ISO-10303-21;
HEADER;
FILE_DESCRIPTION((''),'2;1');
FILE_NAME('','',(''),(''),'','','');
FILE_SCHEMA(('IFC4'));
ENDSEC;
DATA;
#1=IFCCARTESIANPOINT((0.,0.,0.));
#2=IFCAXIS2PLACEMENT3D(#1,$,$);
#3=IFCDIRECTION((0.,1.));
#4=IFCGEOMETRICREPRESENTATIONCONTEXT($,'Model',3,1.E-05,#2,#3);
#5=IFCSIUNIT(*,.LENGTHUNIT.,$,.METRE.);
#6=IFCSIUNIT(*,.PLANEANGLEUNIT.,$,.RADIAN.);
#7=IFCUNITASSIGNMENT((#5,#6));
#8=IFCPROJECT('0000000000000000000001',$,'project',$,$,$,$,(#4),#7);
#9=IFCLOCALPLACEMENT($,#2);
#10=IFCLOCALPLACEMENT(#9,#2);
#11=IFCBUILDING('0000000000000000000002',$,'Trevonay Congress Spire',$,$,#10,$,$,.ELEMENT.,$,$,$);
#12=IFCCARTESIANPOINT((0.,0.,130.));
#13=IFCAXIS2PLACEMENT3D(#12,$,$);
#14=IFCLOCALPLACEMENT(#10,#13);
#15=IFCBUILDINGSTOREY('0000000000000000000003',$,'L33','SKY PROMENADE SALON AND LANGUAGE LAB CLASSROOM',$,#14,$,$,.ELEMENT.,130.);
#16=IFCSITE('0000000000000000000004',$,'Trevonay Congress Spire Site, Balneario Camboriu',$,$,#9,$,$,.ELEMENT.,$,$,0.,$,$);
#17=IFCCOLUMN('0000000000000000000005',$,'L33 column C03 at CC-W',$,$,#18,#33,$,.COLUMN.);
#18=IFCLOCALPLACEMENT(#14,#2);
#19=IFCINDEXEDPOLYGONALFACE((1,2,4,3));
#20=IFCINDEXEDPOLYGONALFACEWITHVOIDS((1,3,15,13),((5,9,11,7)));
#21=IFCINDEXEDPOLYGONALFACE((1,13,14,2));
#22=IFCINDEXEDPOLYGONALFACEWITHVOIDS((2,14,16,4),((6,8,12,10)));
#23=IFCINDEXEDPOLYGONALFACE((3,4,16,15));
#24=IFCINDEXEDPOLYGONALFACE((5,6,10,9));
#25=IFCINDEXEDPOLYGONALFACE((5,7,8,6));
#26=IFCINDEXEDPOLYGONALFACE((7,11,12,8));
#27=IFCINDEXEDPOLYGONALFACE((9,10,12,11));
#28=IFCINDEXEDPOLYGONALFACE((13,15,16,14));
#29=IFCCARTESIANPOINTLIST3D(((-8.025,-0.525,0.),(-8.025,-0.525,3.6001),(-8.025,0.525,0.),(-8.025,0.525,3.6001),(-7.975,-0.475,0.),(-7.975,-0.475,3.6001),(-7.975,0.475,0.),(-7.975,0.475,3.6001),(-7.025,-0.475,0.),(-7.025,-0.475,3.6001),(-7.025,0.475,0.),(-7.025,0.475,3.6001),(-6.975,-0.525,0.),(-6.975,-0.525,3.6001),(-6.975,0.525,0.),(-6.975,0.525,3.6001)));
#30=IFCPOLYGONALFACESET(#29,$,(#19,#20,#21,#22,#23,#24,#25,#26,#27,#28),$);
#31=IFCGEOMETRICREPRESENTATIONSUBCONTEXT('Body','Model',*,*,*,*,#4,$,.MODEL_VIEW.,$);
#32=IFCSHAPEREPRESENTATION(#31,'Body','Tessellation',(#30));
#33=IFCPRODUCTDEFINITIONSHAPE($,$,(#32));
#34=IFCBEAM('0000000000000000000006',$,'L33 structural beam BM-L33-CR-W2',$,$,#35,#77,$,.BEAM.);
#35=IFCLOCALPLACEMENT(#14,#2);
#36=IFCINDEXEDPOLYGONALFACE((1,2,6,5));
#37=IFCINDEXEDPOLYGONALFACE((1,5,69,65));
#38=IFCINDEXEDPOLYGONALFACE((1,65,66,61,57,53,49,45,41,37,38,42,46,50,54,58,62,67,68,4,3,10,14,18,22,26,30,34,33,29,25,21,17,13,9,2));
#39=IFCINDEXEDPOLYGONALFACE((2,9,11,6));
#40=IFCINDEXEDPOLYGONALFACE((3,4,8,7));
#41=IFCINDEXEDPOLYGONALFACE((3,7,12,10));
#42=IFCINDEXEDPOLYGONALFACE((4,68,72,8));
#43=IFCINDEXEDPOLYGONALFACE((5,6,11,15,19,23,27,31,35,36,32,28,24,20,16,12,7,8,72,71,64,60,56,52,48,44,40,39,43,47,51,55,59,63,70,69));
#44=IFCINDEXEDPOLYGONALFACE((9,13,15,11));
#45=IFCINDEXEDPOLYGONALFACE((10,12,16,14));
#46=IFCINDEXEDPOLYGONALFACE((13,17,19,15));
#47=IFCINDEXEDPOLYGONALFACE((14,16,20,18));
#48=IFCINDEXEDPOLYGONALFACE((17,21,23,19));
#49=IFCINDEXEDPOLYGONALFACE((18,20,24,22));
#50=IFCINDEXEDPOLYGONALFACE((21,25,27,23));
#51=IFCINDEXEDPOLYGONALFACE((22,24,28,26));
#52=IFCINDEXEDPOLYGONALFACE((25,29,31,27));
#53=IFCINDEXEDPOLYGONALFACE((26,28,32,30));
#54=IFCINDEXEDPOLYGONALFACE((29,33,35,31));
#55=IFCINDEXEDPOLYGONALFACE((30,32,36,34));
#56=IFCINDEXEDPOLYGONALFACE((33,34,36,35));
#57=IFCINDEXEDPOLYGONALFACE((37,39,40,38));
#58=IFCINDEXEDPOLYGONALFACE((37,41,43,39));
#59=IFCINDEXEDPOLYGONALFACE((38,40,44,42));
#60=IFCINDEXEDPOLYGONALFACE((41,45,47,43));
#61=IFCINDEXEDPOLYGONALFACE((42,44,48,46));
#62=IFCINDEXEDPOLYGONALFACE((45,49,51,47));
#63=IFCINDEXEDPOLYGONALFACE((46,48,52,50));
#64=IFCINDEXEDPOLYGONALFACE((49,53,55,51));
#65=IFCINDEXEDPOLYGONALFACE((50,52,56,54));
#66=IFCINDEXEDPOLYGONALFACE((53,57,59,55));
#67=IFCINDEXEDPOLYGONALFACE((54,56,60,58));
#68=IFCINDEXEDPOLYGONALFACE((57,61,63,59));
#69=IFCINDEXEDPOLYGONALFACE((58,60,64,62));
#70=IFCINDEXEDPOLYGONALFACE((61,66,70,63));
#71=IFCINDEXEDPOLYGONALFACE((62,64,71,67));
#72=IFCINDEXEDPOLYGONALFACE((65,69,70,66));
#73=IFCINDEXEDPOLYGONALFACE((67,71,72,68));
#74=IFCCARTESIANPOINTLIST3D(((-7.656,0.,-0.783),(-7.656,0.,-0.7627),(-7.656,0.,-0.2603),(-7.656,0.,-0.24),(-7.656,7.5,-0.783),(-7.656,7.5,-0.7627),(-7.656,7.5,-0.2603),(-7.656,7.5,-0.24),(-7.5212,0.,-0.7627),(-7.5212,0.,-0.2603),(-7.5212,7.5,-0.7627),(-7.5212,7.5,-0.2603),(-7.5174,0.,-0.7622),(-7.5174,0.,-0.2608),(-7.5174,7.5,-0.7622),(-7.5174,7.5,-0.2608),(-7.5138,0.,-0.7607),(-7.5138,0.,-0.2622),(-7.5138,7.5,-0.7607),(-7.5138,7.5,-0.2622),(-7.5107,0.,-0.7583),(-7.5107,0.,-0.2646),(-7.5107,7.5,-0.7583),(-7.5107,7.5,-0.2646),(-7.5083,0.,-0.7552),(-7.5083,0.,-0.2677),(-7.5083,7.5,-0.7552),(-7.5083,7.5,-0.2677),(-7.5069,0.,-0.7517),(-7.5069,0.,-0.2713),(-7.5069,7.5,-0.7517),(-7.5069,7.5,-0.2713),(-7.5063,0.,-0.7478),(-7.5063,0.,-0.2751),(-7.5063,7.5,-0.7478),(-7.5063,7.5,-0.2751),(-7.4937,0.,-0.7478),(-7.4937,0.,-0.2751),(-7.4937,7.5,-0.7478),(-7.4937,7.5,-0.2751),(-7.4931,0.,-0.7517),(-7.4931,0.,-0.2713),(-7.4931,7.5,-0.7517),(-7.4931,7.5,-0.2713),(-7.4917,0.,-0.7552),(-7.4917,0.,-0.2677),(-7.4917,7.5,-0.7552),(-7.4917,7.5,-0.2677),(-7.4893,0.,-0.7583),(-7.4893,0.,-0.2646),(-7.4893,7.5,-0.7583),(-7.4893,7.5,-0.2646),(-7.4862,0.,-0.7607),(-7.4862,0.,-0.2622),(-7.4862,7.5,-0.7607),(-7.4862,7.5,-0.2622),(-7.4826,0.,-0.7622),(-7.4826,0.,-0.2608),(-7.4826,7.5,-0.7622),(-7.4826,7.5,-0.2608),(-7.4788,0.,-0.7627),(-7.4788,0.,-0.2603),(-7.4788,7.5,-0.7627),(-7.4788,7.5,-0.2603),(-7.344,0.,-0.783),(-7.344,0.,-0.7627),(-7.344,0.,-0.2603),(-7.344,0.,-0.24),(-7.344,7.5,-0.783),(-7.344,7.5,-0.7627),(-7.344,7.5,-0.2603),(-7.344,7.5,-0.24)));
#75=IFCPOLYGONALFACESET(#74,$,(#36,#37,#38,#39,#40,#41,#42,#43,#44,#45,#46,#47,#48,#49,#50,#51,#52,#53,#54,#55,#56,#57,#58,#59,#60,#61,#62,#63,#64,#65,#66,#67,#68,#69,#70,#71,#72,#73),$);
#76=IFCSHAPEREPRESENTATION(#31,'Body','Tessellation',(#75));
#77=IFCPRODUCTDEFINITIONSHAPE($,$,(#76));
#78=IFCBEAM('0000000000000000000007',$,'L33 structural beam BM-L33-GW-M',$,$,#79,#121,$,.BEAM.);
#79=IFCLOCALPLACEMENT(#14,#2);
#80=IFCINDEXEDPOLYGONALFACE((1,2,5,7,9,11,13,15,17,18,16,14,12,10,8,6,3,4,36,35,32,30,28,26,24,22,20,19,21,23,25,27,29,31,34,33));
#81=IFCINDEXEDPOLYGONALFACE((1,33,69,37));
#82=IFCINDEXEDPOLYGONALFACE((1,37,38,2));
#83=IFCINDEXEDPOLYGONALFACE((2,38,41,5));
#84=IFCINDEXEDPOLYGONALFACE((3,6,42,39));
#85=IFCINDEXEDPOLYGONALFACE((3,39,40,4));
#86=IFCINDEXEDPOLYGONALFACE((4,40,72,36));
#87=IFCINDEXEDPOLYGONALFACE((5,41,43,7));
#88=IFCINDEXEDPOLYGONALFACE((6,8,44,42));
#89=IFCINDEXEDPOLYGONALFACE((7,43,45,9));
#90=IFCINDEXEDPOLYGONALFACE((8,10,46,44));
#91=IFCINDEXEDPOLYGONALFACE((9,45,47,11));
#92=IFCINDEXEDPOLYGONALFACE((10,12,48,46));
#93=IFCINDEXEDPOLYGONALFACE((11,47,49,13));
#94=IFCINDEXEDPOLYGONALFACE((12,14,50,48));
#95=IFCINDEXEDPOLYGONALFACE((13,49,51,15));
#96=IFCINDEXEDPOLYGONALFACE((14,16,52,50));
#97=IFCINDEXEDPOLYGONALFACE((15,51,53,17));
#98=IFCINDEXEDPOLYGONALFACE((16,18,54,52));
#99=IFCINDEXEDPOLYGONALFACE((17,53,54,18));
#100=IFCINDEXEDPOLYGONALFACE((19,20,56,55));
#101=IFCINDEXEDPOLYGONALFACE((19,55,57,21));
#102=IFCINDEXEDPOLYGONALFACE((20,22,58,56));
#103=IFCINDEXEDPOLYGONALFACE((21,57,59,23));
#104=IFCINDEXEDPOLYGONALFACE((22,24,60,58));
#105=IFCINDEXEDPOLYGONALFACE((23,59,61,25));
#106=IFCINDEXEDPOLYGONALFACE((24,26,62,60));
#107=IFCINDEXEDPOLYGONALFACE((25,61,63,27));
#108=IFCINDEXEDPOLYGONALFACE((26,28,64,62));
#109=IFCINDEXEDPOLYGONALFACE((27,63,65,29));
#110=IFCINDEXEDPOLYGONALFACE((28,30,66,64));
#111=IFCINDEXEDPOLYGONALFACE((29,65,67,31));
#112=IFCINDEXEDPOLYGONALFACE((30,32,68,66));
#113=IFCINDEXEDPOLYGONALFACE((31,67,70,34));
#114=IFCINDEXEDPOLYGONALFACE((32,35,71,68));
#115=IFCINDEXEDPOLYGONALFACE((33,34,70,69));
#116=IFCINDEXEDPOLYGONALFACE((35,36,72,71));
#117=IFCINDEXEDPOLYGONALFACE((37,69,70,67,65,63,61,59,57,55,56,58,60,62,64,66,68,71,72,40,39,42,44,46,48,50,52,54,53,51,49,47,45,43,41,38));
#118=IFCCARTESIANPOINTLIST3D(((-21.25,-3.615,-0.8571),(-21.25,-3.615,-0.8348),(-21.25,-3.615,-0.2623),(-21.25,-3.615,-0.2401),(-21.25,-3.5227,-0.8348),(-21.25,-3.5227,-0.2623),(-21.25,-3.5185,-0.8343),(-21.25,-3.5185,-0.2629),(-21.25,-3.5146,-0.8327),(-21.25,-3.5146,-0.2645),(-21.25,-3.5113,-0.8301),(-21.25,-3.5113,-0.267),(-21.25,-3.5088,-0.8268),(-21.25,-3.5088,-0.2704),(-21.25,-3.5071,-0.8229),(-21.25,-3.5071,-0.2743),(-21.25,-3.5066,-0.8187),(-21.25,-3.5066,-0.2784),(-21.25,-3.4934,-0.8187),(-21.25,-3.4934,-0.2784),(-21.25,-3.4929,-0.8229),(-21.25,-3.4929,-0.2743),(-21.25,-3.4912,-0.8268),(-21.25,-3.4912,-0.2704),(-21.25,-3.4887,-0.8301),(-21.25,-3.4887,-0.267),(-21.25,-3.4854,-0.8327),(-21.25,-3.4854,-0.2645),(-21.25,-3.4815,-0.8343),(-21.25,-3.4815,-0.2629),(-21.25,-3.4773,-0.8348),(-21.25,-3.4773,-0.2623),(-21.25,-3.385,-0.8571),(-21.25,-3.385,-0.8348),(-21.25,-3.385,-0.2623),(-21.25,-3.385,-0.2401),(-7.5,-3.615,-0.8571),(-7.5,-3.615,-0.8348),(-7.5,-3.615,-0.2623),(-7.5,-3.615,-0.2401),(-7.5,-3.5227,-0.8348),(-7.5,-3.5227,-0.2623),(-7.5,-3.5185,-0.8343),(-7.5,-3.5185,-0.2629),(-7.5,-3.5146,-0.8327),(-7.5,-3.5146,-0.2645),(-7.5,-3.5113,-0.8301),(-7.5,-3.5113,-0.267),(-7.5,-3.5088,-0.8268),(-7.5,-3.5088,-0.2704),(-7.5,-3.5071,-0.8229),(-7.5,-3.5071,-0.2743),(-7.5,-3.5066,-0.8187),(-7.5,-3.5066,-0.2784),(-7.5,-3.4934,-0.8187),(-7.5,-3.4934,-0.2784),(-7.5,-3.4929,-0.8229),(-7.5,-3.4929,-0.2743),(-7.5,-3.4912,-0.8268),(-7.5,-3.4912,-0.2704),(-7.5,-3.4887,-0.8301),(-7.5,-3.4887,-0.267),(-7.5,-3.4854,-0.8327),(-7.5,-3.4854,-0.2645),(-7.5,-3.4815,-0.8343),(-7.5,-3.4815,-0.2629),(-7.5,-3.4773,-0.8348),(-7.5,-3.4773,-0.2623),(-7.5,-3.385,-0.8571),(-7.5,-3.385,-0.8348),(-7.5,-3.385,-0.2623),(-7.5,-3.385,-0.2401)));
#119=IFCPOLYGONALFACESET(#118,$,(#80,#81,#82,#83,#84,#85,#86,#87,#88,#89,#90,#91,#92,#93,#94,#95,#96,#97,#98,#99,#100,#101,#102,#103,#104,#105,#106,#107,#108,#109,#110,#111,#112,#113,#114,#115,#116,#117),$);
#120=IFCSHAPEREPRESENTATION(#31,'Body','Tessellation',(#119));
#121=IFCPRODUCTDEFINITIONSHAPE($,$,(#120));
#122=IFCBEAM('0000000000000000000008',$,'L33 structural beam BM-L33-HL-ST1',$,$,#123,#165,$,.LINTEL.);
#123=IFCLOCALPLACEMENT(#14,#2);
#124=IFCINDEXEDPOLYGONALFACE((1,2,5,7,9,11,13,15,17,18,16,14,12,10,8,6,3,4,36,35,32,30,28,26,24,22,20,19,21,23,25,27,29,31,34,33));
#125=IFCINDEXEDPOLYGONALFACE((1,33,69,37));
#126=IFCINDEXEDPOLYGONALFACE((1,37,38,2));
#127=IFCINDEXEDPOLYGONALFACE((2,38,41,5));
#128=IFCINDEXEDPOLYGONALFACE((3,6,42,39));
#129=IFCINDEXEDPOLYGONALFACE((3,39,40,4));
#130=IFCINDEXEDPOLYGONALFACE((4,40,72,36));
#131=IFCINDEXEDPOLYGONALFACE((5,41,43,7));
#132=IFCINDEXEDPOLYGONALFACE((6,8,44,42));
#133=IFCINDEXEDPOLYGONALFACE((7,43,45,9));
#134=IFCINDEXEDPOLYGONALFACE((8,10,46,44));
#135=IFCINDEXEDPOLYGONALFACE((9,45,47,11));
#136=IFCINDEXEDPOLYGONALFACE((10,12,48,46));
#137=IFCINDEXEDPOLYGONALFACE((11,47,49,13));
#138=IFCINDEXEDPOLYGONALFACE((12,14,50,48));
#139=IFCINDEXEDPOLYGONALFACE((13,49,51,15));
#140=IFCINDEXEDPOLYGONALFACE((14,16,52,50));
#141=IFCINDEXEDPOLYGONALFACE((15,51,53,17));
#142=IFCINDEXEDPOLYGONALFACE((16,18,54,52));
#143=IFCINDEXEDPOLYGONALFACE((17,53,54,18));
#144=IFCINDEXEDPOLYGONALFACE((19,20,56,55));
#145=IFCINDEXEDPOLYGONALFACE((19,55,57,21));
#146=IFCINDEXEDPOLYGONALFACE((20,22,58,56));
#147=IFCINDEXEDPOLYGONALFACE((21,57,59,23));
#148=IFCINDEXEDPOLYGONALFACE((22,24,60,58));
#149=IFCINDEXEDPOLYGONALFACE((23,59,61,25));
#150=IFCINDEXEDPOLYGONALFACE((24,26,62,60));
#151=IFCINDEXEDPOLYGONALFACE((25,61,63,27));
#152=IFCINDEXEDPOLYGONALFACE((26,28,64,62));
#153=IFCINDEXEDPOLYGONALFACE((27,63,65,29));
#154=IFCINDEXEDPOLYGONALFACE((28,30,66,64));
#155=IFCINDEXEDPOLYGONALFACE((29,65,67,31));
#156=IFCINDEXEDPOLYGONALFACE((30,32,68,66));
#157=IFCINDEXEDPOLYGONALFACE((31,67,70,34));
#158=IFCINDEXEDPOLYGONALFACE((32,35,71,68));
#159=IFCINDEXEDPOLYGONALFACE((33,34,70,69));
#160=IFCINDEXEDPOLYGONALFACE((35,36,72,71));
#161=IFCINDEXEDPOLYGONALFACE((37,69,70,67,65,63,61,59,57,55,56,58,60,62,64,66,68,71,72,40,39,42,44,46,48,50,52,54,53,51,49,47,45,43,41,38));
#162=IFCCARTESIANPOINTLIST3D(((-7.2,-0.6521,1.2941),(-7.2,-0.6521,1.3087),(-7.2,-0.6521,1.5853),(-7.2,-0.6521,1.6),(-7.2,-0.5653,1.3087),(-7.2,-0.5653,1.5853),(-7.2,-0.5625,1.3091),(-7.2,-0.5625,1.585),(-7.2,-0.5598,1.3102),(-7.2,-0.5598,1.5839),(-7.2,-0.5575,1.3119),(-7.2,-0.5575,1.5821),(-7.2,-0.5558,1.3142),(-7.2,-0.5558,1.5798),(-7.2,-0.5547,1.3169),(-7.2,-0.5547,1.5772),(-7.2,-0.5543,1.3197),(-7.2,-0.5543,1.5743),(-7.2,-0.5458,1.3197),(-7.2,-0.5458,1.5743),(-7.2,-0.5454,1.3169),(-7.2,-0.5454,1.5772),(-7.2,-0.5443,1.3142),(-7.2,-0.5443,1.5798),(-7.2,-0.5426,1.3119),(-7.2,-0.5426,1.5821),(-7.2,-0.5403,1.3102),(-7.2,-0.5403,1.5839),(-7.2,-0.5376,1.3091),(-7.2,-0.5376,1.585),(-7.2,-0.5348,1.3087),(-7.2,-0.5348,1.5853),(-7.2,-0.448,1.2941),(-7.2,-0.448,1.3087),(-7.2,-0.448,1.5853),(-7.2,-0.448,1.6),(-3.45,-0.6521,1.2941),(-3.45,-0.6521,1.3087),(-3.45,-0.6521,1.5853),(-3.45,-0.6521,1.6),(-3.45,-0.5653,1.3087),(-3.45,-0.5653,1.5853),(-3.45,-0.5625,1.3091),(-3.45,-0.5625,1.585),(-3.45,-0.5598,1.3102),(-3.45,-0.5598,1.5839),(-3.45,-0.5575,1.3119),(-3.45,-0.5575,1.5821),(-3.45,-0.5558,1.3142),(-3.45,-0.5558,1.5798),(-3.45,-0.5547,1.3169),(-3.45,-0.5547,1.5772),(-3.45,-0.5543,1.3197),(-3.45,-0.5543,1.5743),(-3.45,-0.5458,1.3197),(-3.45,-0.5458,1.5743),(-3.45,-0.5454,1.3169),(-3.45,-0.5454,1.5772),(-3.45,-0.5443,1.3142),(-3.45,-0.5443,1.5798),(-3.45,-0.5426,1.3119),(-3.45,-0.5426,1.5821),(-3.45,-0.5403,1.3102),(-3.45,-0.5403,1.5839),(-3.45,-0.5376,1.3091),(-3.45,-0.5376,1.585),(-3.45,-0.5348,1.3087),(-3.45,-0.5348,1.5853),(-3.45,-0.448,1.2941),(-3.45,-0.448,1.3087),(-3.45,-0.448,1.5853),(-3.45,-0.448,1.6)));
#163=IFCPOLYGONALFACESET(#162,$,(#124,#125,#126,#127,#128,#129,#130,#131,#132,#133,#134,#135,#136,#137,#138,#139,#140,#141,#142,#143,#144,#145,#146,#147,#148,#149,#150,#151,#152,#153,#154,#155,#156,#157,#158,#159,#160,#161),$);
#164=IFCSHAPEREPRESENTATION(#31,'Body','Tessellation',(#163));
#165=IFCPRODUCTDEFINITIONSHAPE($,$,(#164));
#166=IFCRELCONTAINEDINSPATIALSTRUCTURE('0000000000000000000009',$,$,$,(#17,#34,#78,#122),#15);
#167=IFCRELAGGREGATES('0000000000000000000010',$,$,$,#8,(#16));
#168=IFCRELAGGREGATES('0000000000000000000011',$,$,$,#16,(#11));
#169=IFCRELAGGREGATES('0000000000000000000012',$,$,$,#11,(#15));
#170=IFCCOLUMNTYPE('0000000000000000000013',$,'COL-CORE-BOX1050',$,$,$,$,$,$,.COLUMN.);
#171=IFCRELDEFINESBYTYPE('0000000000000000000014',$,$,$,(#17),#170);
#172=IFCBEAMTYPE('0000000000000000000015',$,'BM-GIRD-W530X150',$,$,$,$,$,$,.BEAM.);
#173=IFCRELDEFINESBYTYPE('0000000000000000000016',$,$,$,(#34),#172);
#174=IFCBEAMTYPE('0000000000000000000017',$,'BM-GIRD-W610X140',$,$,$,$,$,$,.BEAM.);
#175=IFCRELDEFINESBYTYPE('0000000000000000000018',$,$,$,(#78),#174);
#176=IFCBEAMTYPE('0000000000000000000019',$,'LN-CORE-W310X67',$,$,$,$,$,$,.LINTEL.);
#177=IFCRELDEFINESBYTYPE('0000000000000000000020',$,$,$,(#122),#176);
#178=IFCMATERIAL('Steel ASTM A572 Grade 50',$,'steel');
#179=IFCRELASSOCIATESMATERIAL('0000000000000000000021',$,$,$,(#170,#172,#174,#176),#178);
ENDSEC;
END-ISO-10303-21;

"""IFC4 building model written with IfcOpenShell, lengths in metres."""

from ifc_helpers import new_model, si_unit, direction, frame, origin, origin_2d, place, context, subcontext, project, spatial, hollow_rectangle, i_section, extrude, material, material_profile, profile_set, type_object, element, save


model = new_model("IFC4")

# Units and contexts
model_context = context("Model", 3, precision=1e-05, world=origin(), true_north=direction((0.0, 1.0)))
body_context = subcontext(model_context, "Body", "Model", "MODEL_VIEW")
ifc_project = project(units=[si_unit("LENGTHUNIT", "METRE"), si_unit("PLANEANGLEUNIT", "RADIAN")], contexts=[model_context])

# Site, building, storey
site_placement = place(None, origin())
site = spatial("IfcSite", under=ifc_project, at=site_placement, Name="Trevonay Congress Spire Site, Balneario Camboriu", CompositionType="ELEMENT", RefElevation=0.0)
building_placement = place(site_placement, origin())
building = spatial("IfcBuilding", under=site, at=building_placement, Name="Trevonay Congress Spire", CompositionType="ELEMENT")
storey_placement = place(building_placement, frame((0.0, 0.0, 130.0)))
storey = spatial("IfcBuildingStorey", under=building, at=storey_placement, Name="L33", Description="SKY PROMENADE SALON AND LANGUAGE LAB CLASSROOM", CompositionType="ELEMENT", Elevation=130.0)

# Column
ifc_material_1 = material(Name="Steel ASTM A572 Grade 50", Category="steel")
ifc_material_profile_1 = material_profile(ifc_material_1, hollow_rectangle(XDim=1.05, YDim=1.05, WallThickness=0.05, at=origin_2d()), Name="BOX 1050x1050x50")
ifc_profile_set_1 = profile_set([ifc_material_profile_1], Name="Steel ASTM A572 Grade 50")
column_type = type_object("IfcColumnType", Name="COL-CORE-BOX1050", PredefinedType="COLUMN", material=ifc_profile_set_1)
column_placement = place(storey_placement, frame((-7.5, 0.0, 0.0), z_axis=(0.0, 0.0, 1.0), x_axis=(1.0, 0.0, 0.0)))
element("IfcColumn", 1, at=column_placement, inside=storey, type_object=column_type, Name="L33 column C03 at CC-W", PredefinedType="COLUMN", context=body_context, shape_type="SweptSolid", body=[
    extrude(hollow_rectangle(XDim=1.05, YDim=1.05, WallThickness=0.05, at=origin_2d()), origin(), (0.0, 0.0, 1.0), 3.6001),
])

# Beams
ifc_material_profile_2 = material_profile(ifc_material_1, i_section(OverallWidth=0.312, OverallDepth=0.543, WebThickness=0.0127, FlangeThickness=0.0203, FilletRadius=0.0149, at=origin_2d()), Name="W530x150")
ifc_profile_set_2 = profile_set([ifc_material_profile_2], Name="Steel ASTM A572 Grade 50")
beam_type_1 = type_object("IfcBeamType", Name="BM-GIRD-W530X150", PredefinedType="BEAM", material=ifc_profile_set_2)
beam_1_placement = place(storey_placement, frame((-7.5, 0.0, -0.5115), z_axis=(0.0, 1.0, 0.0), x_axis=(-1.0, 0.0, 0.0)))
element("IfcBeam", 2, at=beam_1_placement, inside=storey, type_object=beam_type_1, Name="L33 structural beam BM-L33-CR-W2", PredefinedType="BEAM", context=body_context, shape_type="SweptSolid", body=[
    extrude(i_section(OverallWidth=0.312, OverallDepth=0.543, WebThickness=0.0127, FlangeThickness=0.0203, FilletRadius=0.0149, at=origin_2d()), origin(), (0.0, 0.0, 1.0), 7.5),
])
ifc_material_profile_3 = material_profile(ifc_material_1, i_section(OverallWidth=0.23, OverallDepth=0.6169, WebThickness=0.0132, FlangeThickness=0.0222, FilletRadius=0.0161, at=origin_2d()), Name="W610x140")
ifc_profile_set_3 = profile_set([ifc_material_profile_3], Name="Steel ASTM A572 Grade 50")
beam_type_2 = type_object("IfcBeamType", Name="BM-GIRD-W610X140", PredefinedType="BEAM", material=ifc_profile_set_3)
beam_2_placement = place(storey_placement, frame((-7.5, -3.5, -0.5486), z_axis=(-1.0, 0.0, 0.0), x_axis=(0.0, -1.0, 0.0)))
element("IfcBeam", 3, at=beam_2_placement, inside=storey, type_object=beam_type_2, Name="L33 structural beam BM-L33-GW-M", PredefinedType="BEAM", context=body_context, shape_type="SweptSolid", body=[
    extrude(i_section(OverallWidth=0.23, OverallDepth=0.6169, WebThickness=0.0132, FlangeThickness=0.0222, FilletRadius=0.0161, at=origin_2d()), origin(), (0.0, 0.0, 1.0), 13.75),
])
ifc_material_profile_4 = material_profile(ifc_material_1, i_section(OverallWidth=0.2041, OverallDepth=0.3059, WebThickness=0.0085, FlangeThickness=0.0146, FilletRadius=0.011, at=origin_2d()), Name="W310x67")
ifc_profile_set_4 = profile_set([ifc_material_profile_4], Name="Steel ASTM A572 Grade 50")
beam_type_3 = type_object("IfcBeamType", Name="LN-CORE-W310X67", PredefinedType="LINTEL", material=ifc_profile_set_4)
beam_3_placement = place(storey_placement, frame((-7.2, -0.55, 1.447), z_axis=(1.0, 0.0, 0.0), x_axis=(0.0, 1.0, 0.0)))
element("IfcBeam", 4, at=beam_3_placement, inside=storey, type_object=beam_type_3, Name="L33 structural beam BM-L33-HL-ST1", PredefinedType="LINTEL", context=body_context, shape_type="SweptSolid", body=[
    extrude(i_section(OverallWidth=0.2041, OverallDepth=0.3059, WebThickness=0.0085, FlangeThickness=0.0146, FilletRadius=0.011, at=origin_2d()), origin(), (0.0, 0.0, 1.0), 3.75),
])

save(model, "model.ifc")
